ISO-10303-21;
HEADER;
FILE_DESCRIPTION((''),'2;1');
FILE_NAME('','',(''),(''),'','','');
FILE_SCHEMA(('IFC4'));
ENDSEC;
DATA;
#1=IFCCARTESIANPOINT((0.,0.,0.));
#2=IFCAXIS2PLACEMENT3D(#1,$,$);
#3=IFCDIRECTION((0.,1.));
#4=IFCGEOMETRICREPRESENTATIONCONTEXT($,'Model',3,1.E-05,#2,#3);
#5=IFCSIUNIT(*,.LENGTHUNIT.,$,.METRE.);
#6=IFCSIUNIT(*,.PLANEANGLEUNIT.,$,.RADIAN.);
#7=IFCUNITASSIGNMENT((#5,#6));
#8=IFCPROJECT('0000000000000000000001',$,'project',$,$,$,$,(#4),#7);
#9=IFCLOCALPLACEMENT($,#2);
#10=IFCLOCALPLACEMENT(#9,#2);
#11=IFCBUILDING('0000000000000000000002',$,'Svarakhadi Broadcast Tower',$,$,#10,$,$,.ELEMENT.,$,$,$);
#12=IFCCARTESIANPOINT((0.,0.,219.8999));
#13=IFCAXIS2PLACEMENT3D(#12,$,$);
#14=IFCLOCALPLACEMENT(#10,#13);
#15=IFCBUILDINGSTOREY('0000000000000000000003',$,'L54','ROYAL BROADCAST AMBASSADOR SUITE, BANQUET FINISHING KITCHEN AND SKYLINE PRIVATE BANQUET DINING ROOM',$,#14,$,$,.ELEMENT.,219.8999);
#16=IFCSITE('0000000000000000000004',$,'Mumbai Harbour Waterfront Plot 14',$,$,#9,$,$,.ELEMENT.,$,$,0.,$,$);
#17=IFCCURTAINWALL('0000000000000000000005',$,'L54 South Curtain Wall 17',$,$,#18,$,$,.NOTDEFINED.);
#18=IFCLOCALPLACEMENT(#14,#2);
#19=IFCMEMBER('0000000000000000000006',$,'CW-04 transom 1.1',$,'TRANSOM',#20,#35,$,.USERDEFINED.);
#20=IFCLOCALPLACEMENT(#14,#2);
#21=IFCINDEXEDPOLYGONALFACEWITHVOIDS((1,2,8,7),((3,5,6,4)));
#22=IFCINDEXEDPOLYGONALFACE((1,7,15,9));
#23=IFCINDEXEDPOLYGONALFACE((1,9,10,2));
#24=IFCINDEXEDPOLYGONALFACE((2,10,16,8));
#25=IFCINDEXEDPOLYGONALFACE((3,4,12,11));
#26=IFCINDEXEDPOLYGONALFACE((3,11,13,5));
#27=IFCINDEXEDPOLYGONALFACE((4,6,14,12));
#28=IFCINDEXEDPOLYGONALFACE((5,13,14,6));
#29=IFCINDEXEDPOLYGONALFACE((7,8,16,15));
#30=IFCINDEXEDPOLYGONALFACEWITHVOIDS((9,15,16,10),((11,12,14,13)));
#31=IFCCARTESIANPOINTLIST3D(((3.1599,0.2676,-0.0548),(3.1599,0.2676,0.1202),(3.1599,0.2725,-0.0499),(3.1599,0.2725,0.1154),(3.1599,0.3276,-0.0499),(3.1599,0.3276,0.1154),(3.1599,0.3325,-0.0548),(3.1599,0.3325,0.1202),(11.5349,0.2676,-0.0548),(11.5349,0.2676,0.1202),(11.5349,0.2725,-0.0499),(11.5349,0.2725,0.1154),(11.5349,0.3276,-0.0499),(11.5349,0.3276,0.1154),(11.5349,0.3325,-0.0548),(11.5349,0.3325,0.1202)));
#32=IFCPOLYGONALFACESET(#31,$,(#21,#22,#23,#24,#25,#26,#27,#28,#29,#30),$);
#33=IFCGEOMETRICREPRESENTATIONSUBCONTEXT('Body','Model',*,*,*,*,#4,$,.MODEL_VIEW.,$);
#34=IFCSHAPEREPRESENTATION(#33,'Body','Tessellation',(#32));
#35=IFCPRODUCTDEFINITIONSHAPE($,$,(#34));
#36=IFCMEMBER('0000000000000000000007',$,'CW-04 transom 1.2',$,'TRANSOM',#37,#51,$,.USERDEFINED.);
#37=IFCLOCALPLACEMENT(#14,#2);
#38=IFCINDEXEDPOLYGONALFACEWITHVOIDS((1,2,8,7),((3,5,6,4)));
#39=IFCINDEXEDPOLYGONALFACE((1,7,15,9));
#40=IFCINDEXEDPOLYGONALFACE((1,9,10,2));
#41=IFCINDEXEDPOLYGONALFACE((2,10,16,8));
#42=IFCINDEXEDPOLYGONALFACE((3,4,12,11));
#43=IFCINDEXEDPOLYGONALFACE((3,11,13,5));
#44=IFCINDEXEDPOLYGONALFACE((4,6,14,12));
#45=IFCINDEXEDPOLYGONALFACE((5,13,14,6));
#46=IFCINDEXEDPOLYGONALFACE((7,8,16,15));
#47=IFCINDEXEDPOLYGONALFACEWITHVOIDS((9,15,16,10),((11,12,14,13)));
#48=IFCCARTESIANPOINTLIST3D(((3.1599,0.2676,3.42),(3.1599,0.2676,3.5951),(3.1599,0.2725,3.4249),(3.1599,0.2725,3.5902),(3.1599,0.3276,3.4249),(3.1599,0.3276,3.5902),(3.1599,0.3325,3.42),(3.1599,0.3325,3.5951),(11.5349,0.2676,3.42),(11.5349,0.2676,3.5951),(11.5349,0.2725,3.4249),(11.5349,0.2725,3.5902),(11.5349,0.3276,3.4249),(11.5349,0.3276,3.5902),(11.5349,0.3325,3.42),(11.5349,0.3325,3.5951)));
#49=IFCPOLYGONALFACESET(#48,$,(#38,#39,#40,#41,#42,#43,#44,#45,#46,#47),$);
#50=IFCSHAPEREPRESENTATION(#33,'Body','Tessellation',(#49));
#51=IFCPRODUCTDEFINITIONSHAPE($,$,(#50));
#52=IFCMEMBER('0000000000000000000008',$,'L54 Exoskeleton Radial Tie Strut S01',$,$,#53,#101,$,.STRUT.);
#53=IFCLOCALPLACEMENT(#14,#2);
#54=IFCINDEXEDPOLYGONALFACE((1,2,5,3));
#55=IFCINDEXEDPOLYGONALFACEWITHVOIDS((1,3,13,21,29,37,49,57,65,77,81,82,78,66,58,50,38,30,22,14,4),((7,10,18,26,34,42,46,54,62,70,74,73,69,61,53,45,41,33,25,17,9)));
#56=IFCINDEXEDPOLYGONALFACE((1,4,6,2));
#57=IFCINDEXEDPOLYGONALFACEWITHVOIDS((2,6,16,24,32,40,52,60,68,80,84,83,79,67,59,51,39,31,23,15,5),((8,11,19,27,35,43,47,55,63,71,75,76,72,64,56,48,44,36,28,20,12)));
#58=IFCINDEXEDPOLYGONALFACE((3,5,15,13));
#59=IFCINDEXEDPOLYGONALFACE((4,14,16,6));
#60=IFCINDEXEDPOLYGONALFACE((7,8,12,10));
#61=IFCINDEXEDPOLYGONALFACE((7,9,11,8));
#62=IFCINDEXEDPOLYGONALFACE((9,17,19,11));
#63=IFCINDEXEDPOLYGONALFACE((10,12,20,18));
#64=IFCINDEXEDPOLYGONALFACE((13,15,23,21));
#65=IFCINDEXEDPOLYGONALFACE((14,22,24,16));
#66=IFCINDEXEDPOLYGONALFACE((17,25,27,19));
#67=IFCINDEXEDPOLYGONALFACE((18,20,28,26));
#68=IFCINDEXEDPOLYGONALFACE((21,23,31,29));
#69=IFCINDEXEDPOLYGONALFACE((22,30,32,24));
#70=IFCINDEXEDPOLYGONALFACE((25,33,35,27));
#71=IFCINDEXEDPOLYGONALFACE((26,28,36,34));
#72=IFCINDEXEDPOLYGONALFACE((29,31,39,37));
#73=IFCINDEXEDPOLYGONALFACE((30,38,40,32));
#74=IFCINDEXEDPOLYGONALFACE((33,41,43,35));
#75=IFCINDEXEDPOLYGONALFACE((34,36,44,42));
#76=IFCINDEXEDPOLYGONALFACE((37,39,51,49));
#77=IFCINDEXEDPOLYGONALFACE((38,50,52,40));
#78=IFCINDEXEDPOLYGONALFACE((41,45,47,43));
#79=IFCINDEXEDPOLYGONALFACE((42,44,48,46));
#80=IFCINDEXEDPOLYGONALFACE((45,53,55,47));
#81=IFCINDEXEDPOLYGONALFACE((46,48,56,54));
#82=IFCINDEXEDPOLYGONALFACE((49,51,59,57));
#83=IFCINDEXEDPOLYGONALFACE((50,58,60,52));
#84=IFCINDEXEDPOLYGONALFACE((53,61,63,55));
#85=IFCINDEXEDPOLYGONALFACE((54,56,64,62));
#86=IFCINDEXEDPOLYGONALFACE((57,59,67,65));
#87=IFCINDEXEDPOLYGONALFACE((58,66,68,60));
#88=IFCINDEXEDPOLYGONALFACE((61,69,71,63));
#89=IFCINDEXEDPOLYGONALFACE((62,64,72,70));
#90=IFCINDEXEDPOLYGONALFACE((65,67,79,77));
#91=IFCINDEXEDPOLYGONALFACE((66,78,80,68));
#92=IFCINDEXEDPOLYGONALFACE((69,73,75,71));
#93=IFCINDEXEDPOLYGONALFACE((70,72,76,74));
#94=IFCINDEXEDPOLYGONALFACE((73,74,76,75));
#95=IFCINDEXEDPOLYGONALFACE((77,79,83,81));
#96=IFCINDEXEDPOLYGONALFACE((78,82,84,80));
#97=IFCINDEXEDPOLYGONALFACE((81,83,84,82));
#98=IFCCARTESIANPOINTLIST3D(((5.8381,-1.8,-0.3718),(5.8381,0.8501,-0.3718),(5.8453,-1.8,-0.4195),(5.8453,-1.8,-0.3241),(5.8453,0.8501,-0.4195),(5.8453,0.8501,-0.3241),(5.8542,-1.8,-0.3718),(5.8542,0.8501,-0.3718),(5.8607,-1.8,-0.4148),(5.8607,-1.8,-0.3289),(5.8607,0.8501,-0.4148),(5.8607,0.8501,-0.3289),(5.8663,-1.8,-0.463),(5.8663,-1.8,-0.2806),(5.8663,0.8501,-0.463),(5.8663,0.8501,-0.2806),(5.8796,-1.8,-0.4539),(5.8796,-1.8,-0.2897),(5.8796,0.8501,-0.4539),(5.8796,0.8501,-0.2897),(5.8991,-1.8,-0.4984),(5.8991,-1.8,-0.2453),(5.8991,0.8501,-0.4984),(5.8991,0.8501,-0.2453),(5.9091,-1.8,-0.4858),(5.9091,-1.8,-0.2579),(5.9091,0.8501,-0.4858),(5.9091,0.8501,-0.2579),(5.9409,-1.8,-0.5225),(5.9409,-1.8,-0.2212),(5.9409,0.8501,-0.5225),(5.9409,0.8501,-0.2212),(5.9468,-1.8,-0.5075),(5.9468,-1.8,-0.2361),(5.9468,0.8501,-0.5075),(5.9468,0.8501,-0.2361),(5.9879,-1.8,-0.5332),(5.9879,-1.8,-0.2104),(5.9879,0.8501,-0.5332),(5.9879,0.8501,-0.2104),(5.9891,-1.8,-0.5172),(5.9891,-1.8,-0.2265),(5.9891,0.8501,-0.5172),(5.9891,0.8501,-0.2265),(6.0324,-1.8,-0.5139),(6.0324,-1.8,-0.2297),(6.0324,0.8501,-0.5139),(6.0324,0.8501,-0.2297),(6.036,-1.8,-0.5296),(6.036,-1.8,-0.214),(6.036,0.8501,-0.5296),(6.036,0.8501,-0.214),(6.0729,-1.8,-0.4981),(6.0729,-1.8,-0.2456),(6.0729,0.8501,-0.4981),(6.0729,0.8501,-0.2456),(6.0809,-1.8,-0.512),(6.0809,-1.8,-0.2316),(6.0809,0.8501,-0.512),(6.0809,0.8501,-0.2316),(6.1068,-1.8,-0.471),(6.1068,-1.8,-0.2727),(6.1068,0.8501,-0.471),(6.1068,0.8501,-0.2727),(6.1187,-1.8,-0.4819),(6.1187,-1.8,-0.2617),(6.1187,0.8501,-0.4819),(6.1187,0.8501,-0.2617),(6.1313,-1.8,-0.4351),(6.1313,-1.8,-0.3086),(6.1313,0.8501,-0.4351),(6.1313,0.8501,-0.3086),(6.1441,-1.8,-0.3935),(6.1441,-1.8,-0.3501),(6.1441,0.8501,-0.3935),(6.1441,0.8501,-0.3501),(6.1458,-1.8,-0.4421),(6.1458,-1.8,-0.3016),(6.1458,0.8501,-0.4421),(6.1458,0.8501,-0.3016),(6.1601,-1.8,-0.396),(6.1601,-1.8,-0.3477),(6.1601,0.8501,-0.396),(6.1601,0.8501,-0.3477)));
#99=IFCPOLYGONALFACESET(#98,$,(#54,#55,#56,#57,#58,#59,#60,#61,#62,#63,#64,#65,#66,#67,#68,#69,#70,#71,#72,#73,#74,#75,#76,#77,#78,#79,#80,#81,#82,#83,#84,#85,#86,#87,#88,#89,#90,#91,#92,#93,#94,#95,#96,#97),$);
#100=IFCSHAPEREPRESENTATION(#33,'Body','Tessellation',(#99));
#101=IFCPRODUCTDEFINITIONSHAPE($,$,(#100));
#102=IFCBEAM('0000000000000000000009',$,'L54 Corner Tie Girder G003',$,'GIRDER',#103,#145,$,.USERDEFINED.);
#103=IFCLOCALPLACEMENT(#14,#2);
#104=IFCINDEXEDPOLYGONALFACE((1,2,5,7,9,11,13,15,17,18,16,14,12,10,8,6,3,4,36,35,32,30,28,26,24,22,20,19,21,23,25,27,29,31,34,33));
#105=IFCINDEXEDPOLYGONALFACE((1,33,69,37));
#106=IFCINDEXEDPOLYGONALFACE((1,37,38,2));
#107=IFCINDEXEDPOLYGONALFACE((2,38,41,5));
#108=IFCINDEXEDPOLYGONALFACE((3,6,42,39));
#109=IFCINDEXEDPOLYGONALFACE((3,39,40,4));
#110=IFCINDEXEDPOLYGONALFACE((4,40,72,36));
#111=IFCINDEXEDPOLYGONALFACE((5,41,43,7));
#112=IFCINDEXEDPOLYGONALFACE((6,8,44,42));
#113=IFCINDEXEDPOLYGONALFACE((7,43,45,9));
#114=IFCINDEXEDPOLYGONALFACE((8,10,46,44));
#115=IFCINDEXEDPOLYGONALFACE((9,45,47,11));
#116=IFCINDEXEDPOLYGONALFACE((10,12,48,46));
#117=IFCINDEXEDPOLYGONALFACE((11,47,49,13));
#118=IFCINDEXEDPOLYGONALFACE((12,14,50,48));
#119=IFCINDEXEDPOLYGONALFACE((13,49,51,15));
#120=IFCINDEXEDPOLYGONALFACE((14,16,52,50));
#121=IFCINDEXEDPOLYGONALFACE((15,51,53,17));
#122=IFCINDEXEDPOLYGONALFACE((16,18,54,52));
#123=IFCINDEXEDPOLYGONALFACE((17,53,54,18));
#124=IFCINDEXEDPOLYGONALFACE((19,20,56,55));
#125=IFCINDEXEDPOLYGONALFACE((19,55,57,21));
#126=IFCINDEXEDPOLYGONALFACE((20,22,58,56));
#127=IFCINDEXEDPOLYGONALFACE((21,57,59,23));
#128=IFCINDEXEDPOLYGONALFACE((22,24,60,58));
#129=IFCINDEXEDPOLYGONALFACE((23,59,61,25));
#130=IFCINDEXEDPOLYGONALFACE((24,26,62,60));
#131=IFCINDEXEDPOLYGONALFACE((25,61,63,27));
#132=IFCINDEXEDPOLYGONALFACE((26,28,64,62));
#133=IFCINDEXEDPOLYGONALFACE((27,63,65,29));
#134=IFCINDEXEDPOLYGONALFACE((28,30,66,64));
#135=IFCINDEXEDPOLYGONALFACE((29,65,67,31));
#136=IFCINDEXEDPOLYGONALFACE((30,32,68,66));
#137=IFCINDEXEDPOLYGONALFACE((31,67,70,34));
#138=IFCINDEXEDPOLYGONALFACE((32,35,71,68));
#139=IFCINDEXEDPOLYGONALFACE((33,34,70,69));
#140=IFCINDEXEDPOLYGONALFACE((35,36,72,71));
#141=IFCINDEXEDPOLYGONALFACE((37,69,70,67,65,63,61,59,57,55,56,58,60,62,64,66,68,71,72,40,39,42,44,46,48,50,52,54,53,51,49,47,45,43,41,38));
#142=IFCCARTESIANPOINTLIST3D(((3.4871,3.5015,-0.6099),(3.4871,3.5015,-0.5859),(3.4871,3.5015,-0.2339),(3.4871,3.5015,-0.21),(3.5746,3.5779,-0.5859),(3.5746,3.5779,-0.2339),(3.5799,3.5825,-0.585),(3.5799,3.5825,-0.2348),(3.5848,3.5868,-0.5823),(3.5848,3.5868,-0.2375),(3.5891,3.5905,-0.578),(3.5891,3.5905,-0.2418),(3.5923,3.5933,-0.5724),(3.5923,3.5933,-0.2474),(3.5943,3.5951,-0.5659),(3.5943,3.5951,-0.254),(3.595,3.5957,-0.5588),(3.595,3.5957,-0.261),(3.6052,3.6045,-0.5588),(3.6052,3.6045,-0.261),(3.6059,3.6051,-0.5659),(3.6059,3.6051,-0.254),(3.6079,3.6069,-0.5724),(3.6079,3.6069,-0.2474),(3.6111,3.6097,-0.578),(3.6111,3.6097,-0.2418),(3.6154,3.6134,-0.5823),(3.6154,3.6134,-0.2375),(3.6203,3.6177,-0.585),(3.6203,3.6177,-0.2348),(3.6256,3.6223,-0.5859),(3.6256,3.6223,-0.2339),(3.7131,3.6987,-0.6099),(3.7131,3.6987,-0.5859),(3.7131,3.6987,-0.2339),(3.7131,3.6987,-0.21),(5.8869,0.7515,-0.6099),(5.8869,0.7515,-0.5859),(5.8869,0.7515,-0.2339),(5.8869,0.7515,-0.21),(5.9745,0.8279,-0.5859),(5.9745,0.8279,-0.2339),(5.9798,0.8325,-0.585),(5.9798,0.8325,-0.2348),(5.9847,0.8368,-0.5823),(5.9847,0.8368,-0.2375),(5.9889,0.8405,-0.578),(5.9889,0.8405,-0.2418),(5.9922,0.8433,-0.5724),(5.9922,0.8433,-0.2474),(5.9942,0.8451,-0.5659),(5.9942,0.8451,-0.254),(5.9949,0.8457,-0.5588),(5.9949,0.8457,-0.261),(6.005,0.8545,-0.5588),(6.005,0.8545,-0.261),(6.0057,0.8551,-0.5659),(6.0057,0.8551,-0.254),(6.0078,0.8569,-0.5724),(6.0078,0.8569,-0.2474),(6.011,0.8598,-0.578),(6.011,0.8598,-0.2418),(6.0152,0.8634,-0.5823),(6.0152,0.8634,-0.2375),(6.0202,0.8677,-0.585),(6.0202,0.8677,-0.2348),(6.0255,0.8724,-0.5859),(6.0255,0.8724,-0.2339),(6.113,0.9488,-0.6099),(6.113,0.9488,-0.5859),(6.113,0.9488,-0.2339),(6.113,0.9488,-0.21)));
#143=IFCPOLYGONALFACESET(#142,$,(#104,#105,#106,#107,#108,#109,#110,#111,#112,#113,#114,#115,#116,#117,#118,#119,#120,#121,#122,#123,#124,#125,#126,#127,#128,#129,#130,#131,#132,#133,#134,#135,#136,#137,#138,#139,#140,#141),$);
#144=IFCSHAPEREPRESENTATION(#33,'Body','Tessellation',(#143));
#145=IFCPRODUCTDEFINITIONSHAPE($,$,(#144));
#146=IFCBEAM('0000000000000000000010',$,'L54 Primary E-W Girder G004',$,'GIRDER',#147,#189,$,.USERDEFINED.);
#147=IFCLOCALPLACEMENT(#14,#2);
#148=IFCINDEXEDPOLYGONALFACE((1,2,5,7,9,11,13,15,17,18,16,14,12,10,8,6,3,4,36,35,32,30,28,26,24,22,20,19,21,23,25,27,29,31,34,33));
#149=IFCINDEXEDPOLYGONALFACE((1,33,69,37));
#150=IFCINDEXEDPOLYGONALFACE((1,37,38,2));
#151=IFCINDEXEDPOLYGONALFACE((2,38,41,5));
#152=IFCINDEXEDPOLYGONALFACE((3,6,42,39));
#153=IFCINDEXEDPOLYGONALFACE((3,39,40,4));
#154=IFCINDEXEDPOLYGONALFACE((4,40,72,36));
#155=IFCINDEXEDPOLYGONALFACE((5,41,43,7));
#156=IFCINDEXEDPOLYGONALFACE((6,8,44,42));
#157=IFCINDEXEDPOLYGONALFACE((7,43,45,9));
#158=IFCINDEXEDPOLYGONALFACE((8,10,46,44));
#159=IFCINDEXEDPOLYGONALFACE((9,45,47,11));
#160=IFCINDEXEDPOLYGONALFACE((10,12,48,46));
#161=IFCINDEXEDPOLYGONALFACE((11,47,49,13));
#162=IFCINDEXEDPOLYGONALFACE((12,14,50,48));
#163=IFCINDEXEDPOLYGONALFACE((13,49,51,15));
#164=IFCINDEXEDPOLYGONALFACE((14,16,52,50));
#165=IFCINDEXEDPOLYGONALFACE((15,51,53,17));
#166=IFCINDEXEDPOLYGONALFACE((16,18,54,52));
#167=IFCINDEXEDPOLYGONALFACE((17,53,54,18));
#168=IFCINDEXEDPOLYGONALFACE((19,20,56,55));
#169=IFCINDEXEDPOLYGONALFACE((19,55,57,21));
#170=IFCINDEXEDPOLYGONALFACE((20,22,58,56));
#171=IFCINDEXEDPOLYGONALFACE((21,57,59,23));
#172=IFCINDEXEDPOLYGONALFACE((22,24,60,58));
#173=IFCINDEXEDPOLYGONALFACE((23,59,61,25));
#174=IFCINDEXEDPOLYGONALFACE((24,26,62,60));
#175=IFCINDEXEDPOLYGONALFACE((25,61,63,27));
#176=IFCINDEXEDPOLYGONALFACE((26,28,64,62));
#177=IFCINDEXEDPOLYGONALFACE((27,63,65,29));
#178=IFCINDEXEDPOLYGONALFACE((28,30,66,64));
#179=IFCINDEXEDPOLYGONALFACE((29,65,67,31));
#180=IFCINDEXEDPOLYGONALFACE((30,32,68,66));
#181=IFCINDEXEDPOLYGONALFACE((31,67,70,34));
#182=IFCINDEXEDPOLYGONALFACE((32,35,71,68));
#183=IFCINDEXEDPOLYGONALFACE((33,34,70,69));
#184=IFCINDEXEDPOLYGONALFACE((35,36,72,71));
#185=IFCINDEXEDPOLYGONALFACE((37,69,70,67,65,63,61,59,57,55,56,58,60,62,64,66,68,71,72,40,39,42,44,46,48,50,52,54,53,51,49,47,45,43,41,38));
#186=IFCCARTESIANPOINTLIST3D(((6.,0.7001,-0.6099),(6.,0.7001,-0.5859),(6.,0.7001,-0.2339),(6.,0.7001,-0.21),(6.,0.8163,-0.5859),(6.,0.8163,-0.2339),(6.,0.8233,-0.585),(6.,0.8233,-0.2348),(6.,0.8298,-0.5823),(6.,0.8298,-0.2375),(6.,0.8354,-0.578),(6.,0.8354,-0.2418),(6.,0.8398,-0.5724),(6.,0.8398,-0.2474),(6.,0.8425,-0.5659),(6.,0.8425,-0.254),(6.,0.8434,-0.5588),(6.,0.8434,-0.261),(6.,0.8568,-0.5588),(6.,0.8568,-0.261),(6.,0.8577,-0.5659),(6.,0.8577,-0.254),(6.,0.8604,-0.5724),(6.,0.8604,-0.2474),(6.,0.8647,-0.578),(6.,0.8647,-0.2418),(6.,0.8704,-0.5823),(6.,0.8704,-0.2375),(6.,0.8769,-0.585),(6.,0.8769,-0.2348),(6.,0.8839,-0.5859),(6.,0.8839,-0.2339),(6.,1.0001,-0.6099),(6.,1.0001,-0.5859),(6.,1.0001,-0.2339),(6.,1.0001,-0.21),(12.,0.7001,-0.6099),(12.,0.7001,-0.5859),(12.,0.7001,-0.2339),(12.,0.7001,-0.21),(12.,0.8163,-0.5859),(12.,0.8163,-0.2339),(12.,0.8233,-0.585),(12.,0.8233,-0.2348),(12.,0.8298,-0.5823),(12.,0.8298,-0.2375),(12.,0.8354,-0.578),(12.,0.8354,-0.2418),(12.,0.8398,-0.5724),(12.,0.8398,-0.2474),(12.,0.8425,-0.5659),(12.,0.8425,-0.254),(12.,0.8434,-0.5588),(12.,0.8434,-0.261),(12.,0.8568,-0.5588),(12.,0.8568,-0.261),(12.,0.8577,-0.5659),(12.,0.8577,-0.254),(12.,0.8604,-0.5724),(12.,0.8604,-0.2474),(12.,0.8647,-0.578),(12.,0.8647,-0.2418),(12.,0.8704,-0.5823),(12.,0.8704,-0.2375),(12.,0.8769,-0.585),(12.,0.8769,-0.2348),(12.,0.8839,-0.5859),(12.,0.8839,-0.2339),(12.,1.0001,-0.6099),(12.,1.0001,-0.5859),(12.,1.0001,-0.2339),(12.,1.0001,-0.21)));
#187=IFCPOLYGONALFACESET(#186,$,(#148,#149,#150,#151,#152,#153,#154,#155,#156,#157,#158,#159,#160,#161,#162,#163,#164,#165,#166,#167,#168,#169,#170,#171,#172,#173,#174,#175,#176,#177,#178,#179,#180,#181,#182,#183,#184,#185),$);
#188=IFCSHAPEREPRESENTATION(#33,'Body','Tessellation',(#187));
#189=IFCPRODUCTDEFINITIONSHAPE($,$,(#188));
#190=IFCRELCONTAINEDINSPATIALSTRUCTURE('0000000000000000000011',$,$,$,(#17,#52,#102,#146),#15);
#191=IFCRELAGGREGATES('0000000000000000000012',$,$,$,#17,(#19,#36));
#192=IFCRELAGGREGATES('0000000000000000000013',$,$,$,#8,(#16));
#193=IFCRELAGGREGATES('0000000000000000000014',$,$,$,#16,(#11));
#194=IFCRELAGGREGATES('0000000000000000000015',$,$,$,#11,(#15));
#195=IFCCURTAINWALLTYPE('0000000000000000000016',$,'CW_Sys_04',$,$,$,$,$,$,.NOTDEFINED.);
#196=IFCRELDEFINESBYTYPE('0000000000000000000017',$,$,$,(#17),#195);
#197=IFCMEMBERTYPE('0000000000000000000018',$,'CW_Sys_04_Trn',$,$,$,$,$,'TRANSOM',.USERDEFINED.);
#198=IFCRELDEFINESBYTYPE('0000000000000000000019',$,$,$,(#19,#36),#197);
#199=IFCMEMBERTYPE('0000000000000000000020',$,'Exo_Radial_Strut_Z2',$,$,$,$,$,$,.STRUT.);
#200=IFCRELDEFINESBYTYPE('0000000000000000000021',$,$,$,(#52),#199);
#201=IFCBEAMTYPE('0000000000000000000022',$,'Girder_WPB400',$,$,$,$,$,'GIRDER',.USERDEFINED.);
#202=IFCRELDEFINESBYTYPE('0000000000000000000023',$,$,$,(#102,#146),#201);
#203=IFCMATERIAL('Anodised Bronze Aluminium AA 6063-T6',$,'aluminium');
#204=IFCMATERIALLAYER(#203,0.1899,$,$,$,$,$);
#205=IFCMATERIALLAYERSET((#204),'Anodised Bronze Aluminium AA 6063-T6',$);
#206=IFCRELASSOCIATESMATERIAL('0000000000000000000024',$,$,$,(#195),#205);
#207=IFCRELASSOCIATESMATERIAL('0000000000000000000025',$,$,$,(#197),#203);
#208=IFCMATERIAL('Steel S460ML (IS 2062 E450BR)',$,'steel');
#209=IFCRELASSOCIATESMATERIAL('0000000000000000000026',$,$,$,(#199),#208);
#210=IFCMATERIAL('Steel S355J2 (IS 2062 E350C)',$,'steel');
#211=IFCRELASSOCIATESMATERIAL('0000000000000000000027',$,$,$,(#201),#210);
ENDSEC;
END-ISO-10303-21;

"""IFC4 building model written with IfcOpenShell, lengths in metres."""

from ifc_helpers import new_model, si_unit, direction, frame, origin, origin_2d, place, context, subcontext, project, spatial, hollow_rectangle, hollow_circle, i_section, extrude, material, layer, layer_set, material_profile, profile_set, type_object, element, aggregate, save


model = new_model("IFC4")

# Units and contexts
model_context = context("Model", 3, precision=1e-05, world=origin(), true_north=direction((0.0, 1.0)))
body_context = subcontext(model_context, "Body", "Model", "MODEL_VIEW")
ifc_project = project(units=[si_unit("LENGTHUNIT", "METRE"), si_unit("PLANEANGLEUNIT", "RADIAN")], contexts=[model_context])

# Site, building, storey
site_placement = place(None, origin())
site = spatial("IfcSite", under=ifc_project, at=site_placement, Name="Mumbai Harbour Waterfront Plot 14", CompositionType="ELEMENT", RefElevation=0.0)
building_placement = place(site_placement, origin())
building = spatial("IfcBuilding", under=site, at=building_placement, Name="Svarakhadi Broadcast Tower", CompositionType="ELEMENT")
storey_placement = place(building_placement, frame((0.0, 0.0, 219.8999)))
storey = spatial("IfcBuildingStorey", under=building, at=storey_placement, Name="L54", Description="ROYAL BROADCAST AMBASSADOR SUITE, BANQUET FINISHING KITCHEN AND SKYLINE PRIVATE BANQUET DINING ROOM", CompositionType="ELEMENT", Elevation=219.8999)

# Shared definitions
ifc_material_1 = material(Name="Steel S460ML (IS 2062 E450BR)", Category="steel")

# Shared definitions
ifc_material_2 = material(Name="Steel S355J2 (IS 2062 E350C)", Category="steel")

# Curtain wall, members
ifc_material_3 = material(Name="Anodised Bronze Aluminium AA 6063-T6", Category="aluminium")
ifc_layer_1 = layer(ifc_material_3, 0.1899)
ifc_layer_set_1 = layer_set([ifc_layer_1], Name="Anodised Bronze Aluminium AA 6063-T6")
curtain_wall_type = type_object("IfcCurtainWallType", Name="CW_Sys_04", PredefinedType="NOTDEFINED", material=ifc_layer_set_1)
curtain_wall_placement = place(storey_placement, origin())
curtain_wall = element("IfcCurtainWall", 1, at=curtain_wall_placement, inside=storey, type_object=curtain_wall_type, Name="L54 South Curtain Wall 17", PredefinedType="NOTDEFINED")
ifc_material_profile_1 = material_profile(ifc_material_3, hollow_rectangle(XDim=0.0649, YDim=0.175, WallThickness=0.0049, at=origin_2d()), Name="ALU TRANSOM 175x65x5")
ifc_profile_set_1 = profile_set([ifc_material_profile_1], Name="Anodised Bronze Aluminium AA 6063-T6")
member_type_1 = type_object("IfcMemberType", Name="CW_Sys_04_Trn", ElementType="TRANSOM", PredefinedType="USERDEFINED", material=ifc_profile_set_1)
member_1_placement = place(storey_placement, frame((11.5349, 0.3, 0.0327), z_axis=(-1.0, 0.0, 0.0), x_axis=(0.0, -1.0, 0.0)))
member_1 = element("IfcMember", 2, at=member_1_placement, type_object=member_type_1, Name="CW-04 transom 1.1", ObjectType="TRANSOM", PredefinedType="USERDEFINED", context=body_context, shape_type="SweptSolid", body=[
    extrude(hollow_rectangle(XDim=0.0649, YDim=0.175, WallThickness=0.0049, at=origin_2d()), origin(), (0.0, 0.0, 1.0), 8.375),
])
member_2_placement = place(storey_placement, frame((11.5349, 0.3, 3.5076), z_axis=(-1.0, 0.0, 0.0), x_axis=(0.0, -1.0, 0.0)))
member_2 = element("IfcMember", 3, at=member_2_placement, type_object=member_type_1, Name="CW-04 transom 1.2", ObjectType="TRANSOM", PredefinedType="USERDEFINED", context=body_context, shape_type="SweptSolid", body=[
    extrude(hollow_rectangle(XDim=0.0649, YDim=0.175, WallThickness=0.0049, at=origin_2d()), origin(), (0.0, 0.0, 1.0), 8.375),
])

# Member
ifc_material_profile_2 = material_profile(ifc_material_1, hollow_circle(Radius=0.1619, WallThickness=0.0161, at=origin_2d()), Name="CHS 323.9x16")
ifc_profile_set_2 = profile_set([ifc_material_profile_2], Name="Steel S460ML (IS 2062 E450BR)")
member_type_2 = type_object("IfcMemberType", Name="Exo_Radial_Strut_Z2", PredefinedType="STRUT", material=ifc_profile_set_2)
member_3_placement = place(storey_placement, frame((6.0, -1.8, -0.3718), z_axis=(0.0, 1.0, 0.0), x_axis=(-1.0, 0.0, 0.0)))
element("IfcMember", 4, at=member_3_placement, inside=storey, type_object=member_type_2, Name="L54 Exoskeleton Radial Tie Strut S01", PredefinedType="STRUT", context=body_context, shape_type="SweptSolid", body=[
    extrude(hollow_circle(Radius=0.1619, WallThickness=0.0161, at=origin_2d()), origin(), (0.0, 0.0, 1.0), 2.6501),
])

# Beams
ifc_material_profile_3 = material_profile(ifc_material_2, i_section(OverallWidth=0.3, OverallDepth=0.3999, WebThickness=0.0134, FlangeThickness=0.0239, FilletRadius=0.0271, at=origin_2d()), Name="WPB 400x300x155")
ifc_profile_set_3 = profile_set([ifc_material_profile_3], Name="Steel S355J2 (IS 2062 E350C)")
beam_type_1 = type_object("IfcBeamType", Name="Girder_WPB400", ElementType="GIRDER", PredefinedType="USERDEFINED", material=ifc_profile_set_3)
beam_1_placement = place(storey_placement, frame((3.6001, 3.6001, -0.4099), z_axis=(0.657519, -0.753438, 0.0), x_axis=(0.753438, 0.657519, 0.0)))
element("IfcBeam", 5, at=beam_1_placement, inside=storey, type_object=beam_type_1, Name="L54 Corner Tie Girder G003", ObjectType="GIRDER", PredefinedType="USERDEFINED", context=body_context, shape_type="SweptSolid", body=[
    extrude(i_section(OverallWidth=0.3, OverallDepth=0.3999, WebThickness=0.0134, FlangeThickness=0.0239, FilletRadius=0.0271, at=origin_2d()), origin(), (0.0, 0.0, 1.0), 3.6499),
])
for number, where, z_axis, x_axis, name in (
    (6, (6.0, 0.8501, -0.4099), (1.0, 0.0, 0.0), (0.0, 1.0, 0.0), "L54 Primary E-W Girder G004"),
):
    element("IfcBeam", number, at=place(storey_placement, frame(where, z_axis=z_axis, x_axis=x_axis)), inside=storey, type_object=beam_type_1, Name=name, ObjectType="GIRDER", PredefinedType="USERDEFINED", context=body_context, shape_type="SweptSolid", body=[
        extrude(i_section(OverallWidth=0.3, OverallDepth=0.3999, WebThickness=0.0134, FlangeThickness=0.0239, FilletRadius=0.0271, at=origin_2d()), origin(), (0.0, 0.0, 1.0), 6.0),
    ])

aggregate(curtain_wall, [member_1, member_2])

save(model, "model.ifc")
